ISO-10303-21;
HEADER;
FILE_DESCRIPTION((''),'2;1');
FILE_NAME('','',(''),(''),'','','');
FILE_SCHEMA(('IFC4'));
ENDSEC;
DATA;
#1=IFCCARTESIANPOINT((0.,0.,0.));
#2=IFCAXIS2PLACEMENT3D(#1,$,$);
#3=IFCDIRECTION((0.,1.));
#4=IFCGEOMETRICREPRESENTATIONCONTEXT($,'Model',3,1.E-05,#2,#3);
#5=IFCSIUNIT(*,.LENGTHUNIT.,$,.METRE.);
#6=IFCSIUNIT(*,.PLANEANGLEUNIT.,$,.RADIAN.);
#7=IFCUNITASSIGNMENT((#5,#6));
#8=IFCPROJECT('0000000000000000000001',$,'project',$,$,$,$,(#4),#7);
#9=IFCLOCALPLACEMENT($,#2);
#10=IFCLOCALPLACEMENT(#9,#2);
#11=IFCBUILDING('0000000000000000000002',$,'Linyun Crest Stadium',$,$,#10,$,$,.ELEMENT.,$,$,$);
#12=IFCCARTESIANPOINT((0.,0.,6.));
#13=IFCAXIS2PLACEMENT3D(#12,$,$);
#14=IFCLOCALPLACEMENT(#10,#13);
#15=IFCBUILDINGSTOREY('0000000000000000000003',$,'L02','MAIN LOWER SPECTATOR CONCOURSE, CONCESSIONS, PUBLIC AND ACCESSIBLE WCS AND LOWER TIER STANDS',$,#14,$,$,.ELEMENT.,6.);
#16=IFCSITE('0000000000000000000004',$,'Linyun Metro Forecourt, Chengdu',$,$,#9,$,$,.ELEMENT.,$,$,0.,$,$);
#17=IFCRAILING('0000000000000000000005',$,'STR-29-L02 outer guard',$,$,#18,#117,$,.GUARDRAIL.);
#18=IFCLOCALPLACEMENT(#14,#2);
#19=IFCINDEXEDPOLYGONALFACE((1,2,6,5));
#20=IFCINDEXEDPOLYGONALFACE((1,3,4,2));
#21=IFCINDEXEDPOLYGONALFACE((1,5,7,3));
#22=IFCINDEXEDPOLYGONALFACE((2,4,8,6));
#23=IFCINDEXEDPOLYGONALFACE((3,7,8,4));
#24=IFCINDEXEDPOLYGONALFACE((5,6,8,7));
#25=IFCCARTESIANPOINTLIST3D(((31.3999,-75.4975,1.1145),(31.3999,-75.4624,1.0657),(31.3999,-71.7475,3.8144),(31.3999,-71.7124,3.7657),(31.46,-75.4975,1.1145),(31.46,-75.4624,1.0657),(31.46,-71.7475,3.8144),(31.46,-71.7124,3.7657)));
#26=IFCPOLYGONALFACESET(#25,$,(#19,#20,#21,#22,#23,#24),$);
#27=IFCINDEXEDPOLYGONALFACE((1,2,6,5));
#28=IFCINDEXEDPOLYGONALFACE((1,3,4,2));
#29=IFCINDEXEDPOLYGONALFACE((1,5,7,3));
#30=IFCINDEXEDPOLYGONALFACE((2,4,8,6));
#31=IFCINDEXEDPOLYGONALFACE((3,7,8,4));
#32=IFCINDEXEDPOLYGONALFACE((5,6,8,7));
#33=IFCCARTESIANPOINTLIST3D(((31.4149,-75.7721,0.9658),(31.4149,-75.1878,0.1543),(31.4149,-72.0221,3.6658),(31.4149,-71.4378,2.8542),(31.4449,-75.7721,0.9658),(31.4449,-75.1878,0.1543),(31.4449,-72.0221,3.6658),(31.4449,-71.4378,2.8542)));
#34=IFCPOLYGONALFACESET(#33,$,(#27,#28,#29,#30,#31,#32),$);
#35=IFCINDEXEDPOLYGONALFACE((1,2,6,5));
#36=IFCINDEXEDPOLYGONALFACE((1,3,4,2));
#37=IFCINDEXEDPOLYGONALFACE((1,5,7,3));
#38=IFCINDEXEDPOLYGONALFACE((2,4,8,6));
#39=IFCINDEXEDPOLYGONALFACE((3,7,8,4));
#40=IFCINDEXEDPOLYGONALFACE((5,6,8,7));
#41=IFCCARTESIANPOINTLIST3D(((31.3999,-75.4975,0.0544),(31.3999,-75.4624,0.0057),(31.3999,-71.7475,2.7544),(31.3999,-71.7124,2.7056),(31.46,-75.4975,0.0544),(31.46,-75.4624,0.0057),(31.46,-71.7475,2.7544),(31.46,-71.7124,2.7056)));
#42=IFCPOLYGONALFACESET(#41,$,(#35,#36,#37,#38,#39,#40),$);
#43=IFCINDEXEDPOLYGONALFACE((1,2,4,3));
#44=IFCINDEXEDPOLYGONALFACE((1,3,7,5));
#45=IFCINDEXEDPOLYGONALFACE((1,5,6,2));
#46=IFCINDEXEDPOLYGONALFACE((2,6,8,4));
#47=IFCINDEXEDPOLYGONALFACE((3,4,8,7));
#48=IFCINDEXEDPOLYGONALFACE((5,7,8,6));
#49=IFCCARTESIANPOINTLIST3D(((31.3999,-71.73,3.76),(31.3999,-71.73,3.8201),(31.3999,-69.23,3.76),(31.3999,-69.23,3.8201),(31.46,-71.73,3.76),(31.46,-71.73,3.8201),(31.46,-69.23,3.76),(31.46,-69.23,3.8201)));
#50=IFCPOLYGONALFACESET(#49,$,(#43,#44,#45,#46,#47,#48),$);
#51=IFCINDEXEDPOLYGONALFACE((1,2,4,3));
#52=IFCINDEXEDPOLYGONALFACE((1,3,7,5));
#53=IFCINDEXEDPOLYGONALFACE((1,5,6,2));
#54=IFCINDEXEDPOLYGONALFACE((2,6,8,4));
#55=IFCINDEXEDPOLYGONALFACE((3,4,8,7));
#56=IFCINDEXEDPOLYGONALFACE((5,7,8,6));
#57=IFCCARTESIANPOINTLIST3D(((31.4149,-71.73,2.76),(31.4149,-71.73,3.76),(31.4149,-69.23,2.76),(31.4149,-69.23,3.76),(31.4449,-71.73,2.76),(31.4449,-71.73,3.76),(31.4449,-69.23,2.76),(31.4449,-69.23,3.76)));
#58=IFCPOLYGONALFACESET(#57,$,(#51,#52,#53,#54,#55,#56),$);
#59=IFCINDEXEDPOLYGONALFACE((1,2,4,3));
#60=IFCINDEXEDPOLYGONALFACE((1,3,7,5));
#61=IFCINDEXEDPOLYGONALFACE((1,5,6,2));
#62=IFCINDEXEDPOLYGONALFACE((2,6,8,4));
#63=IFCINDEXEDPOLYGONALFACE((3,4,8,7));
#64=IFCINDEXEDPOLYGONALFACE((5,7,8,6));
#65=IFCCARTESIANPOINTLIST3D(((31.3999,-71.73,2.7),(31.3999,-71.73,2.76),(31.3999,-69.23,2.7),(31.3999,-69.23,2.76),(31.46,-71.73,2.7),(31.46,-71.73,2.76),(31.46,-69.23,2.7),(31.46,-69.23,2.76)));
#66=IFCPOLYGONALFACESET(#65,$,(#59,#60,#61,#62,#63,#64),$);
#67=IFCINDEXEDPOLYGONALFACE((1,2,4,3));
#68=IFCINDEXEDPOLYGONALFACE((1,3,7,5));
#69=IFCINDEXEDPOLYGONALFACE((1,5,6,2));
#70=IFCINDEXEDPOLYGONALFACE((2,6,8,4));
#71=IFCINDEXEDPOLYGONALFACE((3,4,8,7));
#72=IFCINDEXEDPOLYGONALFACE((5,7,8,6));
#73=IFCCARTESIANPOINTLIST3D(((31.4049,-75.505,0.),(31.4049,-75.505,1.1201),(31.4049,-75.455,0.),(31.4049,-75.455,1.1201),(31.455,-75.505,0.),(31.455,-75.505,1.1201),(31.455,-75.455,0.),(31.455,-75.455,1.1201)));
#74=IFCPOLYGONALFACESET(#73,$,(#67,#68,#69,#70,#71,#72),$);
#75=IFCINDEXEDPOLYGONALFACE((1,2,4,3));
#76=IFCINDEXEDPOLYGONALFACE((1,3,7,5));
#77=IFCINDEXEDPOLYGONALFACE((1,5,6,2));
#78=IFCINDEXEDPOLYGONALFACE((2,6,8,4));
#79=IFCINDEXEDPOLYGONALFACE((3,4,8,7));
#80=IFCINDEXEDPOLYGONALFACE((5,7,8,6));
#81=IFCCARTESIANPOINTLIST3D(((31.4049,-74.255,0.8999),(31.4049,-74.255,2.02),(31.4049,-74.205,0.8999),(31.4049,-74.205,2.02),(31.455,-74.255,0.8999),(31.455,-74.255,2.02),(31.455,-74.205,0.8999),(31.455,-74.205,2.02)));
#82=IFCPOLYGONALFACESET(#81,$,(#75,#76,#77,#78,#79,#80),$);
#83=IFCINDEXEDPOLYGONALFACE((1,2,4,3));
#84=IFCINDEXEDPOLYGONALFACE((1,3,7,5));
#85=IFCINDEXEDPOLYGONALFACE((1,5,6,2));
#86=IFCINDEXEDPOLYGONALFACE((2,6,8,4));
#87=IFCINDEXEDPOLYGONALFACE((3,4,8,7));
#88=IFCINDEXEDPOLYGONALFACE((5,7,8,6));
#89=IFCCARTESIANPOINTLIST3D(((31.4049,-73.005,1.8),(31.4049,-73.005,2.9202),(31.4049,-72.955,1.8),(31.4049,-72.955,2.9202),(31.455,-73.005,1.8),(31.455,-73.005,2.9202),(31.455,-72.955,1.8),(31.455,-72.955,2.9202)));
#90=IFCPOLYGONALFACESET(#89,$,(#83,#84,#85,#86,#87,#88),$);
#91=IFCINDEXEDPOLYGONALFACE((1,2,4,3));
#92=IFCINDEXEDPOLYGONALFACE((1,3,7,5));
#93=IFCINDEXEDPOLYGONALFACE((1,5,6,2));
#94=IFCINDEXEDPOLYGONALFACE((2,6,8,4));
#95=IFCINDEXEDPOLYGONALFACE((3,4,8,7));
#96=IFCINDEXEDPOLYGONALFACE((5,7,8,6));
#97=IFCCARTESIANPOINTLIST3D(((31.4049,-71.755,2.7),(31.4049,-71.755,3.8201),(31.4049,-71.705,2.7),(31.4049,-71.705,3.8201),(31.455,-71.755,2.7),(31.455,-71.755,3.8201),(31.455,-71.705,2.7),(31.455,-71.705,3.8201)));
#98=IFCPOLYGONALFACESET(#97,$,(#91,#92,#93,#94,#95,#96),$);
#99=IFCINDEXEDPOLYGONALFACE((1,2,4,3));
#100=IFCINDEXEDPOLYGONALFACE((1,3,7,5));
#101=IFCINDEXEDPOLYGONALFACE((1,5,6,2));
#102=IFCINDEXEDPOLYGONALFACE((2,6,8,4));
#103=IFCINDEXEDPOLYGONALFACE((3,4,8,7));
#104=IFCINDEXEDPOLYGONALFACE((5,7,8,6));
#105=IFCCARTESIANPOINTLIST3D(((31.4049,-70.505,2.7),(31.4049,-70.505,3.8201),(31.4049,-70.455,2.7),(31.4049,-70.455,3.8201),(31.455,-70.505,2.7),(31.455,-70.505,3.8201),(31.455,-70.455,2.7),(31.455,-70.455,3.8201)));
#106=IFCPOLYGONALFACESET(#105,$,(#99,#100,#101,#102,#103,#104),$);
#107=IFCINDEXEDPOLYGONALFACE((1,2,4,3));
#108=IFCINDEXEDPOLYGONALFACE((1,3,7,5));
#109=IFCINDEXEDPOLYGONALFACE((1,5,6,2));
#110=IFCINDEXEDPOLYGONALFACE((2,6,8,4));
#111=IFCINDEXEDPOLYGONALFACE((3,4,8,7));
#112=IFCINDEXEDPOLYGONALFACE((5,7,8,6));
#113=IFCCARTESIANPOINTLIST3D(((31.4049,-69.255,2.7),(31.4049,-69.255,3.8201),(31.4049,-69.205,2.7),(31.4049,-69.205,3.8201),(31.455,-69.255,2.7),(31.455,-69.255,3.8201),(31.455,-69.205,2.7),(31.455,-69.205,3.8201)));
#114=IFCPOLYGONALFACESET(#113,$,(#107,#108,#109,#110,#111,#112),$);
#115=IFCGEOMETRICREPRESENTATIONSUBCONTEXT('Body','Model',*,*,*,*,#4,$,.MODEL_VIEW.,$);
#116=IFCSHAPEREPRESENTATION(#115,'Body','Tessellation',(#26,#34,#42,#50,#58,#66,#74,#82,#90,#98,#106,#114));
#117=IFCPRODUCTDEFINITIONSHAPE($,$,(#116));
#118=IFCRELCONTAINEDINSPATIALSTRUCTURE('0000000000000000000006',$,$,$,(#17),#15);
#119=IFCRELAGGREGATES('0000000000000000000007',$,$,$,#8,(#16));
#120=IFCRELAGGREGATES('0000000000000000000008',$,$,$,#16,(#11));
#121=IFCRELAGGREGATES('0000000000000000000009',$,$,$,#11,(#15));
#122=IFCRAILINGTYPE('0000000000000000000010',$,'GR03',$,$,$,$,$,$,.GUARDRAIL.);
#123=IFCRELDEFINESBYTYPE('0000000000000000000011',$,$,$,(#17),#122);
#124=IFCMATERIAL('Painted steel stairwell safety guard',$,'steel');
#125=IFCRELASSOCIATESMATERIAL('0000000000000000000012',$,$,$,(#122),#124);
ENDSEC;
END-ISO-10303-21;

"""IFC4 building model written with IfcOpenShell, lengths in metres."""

from ifc_helpers import new_model, si_unit, direction, frame, origin, origin_2d, place, context, subcontext, project, spatial, rectangle, extrude, material, type_object, element, save


model = new_model("IFC4")

# Units and contexts
model_context = context("Model", 3, precision=1e-05, world=origin(), true_north=direction((0.0, 1.0)))
body_context = subcontext(model_context, "Body", "Model", "MODEL_VIEW")
ifc_project = project(units=[si_unit("LENGTHUNIT", "METRE"), si_unit("PLANEANGLEUNIT", "RADIAN")], contexts=[model_context])

# Site, building, storey
site_placement = place(None, origin())
site = spatial("IfcSite", under=ifc_project, at=site_placement, Name="Linyun Metro Forecourt, Chengdu", CompositionType="ELEMENT", RefElevation=0.0)
building_placement = place(site_placement, origin())
building = spatial("IfcBuilding", under=site, at=building_placement, Name="Linyun Crest Stadium", CompositionType="ELEMENT")
storey_placement = place(building_placement, frame((0.0, 0.0, 6.0)))
storey = spatial("IfcBuildingStorey", under=building, at=storey_placement, Name="L02", Description="MAIN LOWER SPECTATOR CONCOURSE, CONCESSIONS, PUBLIC AND ACCESSIBLE WCS AND LOWER TIER STANDS", CompositionType="ELEMENT", Elevation=6.0)

# Railing
ifc_material_1 = material(Name="Painted steel stairwell safety guard", Category="steel")
railing_type_1 = type_object("IfcRailingType", Name="GR03", PredefinedType="GUARDRAIL", material=ifc_material_1)
railing_1_placement = place(storey_placement, frame((31.4299, -75.48, 0.0)))
element("IfcRailing", 1, at=railing_1_placement, inside=storey, type_object=railing_type_1, Name="STR-29-L02 outer guard", PredefinedType="GUARDRAIL", context=body_context, shape_type="SweptSolid", body=[
    extrude(rectangle(XDim=0.0601, YDim=0.0601, at=origin_2d()), frame((0.0, 0.0, 1.0901), z_axis=(0.0, 0.811539, 0.584298), x_axis=(-1.0, 0.0, 0.0)), (0.0, 0.0, 1.0), 4.6208),
    extrude(rectangle(XDim=0.03, YDim=1.0, at=origin_2d()), frame((0.0, 0.0, 0.5601), z_axis=(0.0, 0.811539, 0.584298), x_axis=(-1.0, 0.0, 0.0)), (0.0, 0.0, 1.0), 4.6208),
    extrude(rectangle(XDim=0.0601, YDim=0.0601, at=origin_2d()), frame((0.0, 0.0, 0.03), z_axis=(0.0, 0.811539, 0.584298), x_axis=(-1.0, 0.0, 0.0)), (0.0, 0.0, 1.0), 4.6208),
    extrude(rectangle(XDim=0.0601, YDim=0.0601, at=origin_2d()), frame((0.0, 3.75, 3.79), z_axis=(0.0, 1.0, 0.0), x_axis=(-1.0, 0.0, 0.0)), (0.0, 0.0, 1.0), 2.5),
    extrude(rectangle(XDim=0.03, YDim=1.0, at=origin_2d()), frame((0.0, 3.75, 3.26), z_axis=(0.0, 1.0, 0.0), x_axis=(-1.0, 0.0, 0.0)), (0.0, 0.0, 1.0), 2.5),
    extrude(rectangle(XDim=0.0601, YDim=0.0601, at=origin_2d()), frame((0.0, 3.75, 2.73), z_axis=(0.0, 1.0, 0.0), x_axis=(-1.0, 0.0, 0.0)), (0.0, 0.0, 1.0), 2.5),
    extrude(rectangle(XDim=0.05, YDim=0.05, at=origin_2d()), origin(), (0.0, 0.0, 1.0), 1.1201),
    extrude(rectangle(XDim=0.05, YDim=0.05, at=origin_2d()), frame((0.0, 1.25, 0.8999)), (0.0, 0.0, 1.0), 1.1201),
    extrude(rectangle(XDim=0.05, YDim=0.05, at=origin_2d()), frame((0.0, 2.5, 1.8)), (0.0, 0.0, 1.0), 1.1201),
    extrude(rectangle(XDim=0.05, YDim=0.05, at=origin_2d()), frame((0.0, 3.75, 2.7)), (0.0, 0.0, 1.0), 1.1201),
    extrude(rectangle(XDim=0.05, YDim=0.05, at=origin_2d()), frame((0.0, 5.0, 2.7)), (0.0, 0.0, 1.0), 1.1201),
    extrude(rectangle(XDim=0.05, YDim=0.05, at=origin_2d()), frame((0.0, 6.25, 2.7)), (0.0, 0.0, 1.0), 1.1201),
])

save(model, "model.ifc")
